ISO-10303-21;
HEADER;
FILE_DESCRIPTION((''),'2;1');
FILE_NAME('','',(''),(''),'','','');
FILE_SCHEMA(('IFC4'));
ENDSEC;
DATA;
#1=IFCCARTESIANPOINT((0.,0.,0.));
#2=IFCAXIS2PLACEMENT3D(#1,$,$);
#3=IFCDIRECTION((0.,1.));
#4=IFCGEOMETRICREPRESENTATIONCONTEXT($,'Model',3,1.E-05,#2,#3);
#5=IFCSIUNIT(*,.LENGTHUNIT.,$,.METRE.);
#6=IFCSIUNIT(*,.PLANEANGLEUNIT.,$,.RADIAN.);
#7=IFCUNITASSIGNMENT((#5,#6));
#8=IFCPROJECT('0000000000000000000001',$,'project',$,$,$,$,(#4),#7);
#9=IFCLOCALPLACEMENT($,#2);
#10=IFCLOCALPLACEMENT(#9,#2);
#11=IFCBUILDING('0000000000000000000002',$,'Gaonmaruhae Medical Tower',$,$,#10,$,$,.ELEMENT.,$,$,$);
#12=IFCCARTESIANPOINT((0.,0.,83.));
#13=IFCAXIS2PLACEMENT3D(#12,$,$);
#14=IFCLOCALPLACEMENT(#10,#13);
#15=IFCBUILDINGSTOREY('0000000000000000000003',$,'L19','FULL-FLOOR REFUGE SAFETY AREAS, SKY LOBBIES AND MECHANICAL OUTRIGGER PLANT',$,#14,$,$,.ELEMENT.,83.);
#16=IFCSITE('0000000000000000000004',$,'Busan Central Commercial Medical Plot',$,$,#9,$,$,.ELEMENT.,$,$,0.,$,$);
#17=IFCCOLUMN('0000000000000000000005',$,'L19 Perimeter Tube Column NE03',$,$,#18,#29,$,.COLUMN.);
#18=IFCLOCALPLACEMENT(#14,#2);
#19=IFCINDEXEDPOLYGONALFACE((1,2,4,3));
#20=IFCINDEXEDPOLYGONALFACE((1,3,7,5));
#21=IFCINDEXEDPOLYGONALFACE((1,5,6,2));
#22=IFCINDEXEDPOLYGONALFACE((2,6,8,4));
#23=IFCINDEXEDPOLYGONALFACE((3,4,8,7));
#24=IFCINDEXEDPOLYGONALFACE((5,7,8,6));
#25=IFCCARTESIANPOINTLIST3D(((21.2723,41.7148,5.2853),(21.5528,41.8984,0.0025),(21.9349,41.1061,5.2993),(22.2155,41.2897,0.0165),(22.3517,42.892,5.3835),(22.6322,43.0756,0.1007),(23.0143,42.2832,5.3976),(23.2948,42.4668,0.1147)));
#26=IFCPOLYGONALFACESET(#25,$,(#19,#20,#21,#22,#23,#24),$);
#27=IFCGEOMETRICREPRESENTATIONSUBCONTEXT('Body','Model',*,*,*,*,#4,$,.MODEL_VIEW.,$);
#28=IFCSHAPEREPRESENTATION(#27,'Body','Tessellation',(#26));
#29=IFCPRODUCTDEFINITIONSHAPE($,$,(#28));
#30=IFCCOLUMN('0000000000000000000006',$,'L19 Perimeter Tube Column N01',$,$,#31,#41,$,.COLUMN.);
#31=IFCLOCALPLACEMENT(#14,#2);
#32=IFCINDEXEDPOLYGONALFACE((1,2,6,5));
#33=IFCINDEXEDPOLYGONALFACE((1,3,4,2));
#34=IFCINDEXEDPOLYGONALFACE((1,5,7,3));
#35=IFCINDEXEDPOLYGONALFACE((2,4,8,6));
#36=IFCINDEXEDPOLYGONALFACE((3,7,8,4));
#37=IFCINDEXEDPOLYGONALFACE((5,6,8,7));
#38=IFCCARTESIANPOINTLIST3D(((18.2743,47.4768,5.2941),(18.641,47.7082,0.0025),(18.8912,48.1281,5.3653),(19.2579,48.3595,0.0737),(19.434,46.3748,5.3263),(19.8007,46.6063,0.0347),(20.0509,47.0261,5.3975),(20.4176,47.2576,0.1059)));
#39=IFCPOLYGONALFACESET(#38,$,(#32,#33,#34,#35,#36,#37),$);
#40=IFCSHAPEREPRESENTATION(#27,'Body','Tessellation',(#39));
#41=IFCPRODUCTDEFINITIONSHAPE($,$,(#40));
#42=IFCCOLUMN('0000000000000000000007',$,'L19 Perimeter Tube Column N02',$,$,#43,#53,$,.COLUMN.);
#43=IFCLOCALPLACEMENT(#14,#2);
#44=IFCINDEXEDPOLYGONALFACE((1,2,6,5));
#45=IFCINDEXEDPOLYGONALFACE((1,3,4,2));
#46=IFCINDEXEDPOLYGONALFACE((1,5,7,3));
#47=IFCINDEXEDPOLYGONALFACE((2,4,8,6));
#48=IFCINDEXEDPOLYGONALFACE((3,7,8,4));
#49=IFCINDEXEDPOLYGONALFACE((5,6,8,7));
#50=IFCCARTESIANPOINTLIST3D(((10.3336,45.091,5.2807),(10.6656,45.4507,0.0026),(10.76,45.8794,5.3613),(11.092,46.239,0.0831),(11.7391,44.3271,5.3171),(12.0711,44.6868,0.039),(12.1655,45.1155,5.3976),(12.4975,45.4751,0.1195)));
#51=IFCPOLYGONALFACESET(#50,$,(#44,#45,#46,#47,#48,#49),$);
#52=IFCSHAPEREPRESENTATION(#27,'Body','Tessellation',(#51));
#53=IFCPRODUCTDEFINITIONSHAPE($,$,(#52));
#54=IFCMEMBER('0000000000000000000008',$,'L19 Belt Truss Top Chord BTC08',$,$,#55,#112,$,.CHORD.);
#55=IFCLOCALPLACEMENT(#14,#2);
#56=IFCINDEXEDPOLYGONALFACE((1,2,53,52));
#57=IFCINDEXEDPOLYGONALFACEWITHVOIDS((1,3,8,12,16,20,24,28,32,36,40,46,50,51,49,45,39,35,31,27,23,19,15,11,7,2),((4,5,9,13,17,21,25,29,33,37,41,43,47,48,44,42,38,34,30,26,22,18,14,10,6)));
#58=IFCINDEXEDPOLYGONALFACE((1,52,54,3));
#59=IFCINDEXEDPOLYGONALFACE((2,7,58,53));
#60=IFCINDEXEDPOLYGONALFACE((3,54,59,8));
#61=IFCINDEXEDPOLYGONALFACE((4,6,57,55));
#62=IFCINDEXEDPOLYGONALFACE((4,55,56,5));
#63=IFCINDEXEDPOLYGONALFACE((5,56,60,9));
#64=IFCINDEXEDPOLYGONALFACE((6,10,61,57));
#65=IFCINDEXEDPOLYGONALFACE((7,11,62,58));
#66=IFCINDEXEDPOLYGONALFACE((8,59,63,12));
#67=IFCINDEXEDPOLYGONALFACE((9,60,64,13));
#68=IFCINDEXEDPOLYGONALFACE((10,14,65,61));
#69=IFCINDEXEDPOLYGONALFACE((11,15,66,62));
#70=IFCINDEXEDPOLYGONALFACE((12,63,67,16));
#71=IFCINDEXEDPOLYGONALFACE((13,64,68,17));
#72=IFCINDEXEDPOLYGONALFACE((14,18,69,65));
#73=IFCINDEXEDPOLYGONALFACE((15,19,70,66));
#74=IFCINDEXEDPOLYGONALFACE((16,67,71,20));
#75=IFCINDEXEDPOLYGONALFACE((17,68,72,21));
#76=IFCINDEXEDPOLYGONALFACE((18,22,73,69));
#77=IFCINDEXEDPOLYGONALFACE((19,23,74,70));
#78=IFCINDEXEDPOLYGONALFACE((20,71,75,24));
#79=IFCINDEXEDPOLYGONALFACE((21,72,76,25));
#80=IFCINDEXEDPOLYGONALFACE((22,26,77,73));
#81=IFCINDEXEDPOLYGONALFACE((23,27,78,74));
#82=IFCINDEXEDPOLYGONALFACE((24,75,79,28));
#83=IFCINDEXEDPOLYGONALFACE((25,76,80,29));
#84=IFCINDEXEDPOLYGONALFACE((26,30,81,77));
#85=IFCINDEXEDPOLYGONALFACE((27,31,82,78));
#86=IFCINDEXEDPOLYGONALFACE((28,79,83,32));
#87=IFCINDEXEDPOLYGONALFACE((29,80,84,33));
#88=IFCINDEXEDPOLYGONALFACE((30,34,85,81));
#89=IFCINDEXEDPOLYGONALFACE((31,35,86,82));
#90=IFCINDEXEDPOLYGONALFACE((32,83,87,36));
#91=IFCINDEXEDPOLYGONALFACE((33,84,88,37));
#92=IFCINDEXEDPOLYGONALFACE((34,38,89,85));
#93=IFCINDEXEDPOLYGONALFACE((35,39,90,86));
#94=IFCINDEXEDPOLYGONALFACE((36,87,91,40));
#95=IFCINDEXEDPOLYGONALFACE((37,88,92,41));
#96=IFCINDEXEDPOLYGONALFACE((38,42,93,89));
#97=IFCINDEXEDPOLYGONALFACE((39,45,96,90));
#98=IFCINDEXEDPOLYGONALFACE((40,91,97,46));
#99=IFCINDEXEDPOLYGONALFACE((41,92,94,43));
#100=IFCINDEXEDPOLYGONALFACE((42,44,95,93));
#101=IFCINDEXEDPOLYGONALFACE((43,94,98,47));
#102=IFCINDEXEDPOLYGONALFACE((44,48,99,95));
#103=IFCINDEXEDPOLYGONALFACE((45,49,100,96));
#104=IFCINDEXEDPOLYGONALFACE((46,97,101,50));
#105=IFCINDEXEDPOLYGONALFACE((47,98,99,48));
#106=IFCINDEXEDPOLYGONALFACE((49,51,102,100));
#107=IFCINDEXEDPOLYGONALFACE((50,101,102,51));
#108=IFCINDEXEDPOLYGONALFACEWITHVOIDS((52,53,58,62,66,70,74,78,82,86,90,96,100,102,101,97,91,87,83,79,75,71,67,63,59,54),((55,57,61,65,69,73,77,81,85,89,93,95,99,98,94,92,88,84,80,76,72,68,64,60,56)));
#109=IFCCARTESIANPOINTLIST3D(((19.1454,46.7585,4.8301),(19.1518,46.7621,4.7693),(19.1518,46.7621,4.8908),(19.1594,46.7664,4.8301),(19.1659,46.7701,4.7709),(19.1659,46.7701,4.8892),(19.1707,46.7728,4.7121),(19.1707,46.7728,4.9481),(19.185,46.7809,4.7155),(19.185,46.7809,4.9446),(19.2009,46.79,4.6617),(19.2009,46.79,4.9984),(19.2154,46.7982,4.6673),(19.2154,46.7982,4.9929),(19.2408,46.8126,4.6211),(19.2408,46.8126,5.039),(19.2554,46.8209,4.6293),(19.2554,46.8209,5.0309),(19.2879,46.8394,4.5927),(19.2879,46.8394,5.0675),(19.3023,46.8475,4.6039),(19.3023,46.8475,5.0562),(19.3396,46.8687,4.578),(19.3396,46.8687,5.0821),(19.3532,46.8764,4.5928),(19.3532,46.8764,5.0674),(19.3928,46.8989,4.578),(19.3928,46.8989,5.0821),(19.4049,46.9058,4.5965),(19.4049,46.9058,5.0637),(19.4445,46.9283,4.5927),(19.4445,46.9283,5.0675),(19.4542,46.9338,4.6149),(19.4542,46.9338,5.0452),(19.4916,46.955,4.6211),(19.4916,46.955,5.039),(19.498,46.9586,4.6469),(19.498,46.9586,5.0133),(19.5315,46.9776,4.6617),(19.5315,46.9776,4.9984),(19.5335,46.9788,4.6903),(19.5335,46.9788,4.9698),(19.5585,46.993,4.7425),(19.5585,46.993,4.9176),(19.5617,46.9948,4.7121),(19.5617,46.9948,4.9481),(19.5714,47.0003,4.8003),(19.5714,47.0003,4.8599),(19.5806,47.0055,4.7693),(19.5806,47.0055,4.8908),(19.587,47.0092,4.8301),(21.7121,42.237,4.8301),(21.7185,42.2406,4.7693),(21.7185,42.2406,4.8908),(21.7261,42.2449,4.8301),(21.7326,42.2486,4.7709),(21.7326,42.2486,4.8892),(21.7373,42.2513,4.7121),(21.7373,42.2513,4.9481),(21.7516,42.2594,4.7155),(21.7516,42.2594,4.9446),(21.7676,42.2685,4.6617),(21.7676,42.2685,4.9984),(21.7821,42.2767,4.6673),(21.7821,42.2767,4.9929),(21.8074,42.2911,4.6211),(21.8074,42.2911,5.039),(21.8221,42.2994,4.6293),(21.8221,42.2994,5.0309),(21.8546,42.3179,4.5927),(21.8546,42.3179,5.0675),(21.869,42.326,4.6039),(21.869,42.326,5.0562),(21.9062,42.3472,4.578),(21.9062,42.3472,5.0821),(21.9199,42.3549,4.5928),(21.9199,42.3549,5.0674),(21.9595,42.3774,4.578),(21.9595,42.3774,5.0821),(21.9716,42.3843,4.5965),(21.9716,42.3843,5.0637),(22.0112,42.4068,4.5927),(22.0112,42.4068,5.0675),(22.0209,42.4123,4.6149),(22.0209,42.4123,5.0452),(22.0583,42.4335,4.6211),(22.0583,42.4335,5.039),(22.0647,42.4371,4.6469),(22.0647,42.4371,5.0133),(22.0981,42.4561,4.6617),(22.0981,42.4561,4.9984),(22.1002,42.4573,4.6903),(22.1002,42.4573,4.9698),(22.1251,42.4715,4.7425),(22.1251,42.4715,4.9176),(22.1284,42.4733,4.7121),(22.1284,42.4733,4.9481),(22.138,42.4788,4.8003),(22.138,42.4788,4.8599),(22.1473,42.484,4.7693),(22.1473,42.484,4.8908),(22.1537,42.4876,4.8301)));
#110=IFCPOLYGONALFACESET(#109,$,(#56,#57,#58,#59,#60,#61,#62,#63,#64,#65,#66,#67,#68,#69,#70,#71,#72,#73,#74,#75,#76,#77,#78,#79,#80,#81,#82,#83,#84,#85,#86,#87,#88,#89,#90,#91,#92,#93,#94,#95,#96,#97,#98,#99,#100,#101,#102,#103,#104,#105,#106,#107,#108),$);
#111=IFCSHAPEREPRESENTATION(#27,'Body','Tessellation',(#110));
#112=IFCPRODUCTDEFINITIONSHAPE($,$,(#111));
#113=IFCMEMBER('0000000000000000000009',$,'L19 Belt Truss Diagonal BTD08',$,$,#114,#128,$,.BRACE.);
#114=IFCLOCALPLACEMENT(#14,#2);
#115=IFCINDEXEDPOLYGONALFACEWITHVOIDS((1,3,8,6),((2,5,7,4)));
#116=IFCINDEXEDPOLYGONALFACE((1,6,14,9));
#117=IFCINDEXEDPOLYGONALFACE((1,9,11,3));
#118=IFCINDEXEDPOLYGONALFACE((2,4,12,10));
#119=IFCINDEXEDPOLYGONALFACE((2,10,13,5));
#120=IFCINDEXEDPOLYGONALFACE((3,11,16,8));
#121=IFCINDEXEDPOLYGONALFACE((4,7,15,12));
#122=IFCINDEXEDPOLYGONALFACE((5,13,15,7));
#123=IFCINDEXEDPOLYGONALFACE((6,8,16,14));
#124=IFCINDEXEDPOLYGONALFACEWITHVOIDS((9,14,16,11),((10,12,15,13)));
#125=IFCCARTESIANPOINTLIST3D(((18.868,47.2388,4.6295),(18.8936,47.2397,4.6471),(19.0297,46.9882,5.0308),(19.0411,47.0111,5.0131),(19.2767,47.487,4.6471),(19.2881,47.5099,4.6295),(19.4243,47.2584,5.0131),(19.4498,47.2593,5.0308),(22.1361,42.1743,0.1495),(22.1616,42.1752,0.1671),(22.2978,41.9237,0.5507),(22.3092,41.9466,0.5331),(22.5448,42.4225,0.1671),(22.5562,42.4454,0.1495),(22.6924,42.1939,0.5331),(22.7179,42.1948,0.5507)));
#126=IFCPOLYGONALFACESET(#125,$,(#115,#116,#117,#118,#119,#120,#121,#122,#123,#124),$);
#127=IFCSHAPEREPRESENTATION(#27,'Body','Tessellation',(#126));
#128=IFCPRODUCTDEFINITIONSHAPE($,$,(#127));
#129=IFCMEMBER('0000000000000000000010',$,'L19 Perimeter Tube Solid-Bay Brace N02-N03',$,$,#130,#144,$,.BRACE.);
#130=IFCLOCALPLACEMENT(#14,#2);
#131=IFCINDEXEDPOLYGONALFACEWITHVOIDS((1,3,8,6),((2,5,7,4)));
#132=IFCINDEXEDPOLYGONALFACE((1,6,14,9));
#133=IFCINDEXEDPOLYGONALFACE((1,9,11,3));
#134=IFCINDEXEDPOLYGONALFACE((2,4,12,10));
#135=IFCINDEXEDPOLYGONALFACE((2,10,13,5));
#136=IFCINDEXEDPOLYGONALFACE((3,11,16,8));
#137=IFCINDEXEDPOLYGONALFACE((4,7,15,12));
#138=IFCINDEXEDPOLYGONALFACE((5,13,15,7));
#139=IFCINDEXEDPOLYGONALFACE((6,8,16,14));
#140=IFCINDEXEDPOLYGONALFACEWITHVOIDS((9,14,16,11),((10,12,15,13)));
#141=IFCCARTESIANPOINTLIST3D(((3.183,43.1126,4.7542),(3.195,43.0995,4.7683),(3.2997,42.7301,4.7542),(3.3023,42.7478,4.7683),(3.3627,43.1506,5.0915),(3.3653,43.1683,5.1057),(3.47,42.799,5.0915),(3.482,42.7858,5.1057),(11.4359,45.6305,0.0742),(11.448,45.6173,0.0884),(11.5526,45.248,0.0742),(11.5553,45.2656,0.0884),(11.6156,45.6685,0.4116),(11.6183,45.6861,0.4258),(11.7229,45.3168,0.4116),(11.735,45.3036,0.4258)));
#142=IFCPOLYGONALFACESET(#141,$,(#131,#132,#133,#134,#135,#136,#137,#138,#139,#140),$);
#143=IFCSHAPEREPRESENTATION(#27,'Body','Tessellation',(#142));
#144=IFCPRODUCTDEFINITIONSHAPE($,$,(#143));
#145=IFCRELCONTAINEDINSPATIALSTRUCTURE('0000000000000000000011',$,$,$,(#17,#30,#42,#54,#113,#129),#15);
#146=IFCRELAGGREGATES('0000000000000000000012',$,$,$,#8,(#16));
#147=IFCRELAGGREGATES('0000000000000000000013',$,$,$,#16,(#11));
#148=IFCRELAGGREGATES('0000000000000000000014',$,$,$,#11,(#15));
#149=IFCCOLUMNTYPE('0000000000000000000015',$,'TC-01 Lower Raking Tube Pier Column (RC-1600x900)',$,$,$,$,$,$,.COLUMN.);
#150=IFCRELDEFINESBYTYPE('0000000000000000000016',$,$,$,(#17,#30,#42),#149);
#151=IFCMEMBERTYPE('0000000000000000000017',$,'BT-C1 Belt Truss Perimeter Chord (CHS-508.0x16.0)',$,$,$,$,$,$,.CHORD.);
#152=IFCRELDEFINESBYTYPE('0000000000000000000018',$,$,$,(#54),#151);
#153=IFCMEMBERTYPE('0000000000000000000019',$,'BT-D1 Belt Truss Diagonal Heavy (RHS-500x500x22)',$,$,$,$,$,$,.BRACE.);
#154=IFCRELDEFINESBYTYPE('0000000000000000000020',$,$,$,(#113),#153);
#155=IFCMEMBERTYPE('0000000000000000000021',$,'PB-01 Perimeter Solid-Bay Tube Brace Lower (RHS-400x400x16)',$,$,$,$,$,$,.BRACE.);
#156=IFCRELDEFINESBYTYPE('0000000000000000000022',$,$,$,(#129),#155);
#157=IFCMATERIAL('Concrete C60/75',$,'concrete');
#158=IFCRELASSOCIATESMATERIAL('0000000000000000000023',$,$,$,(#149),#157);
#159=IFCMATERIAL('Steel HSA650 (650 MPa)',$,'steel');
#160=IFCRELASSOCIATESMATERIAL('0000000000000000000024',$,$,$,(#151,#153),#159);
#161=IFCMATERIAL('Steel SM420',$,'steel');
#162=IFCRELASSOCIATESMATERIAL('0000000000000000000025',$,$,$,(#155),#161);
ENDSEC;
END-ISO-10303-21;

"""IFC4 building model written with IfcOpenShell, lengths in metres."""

from ifc_helpers import new_model, si_unit, direction, frame, origin, origin_2d, place, context, subcontext, project, spatial, rectangle, hollow_rectangle, hollow_circle, extrude, material, material_profile, profile_set, type_object, element, save


model = new_model("IFC4")

# Units and contexts
model_context = context("Model", 3, precision=1e-05, world=origin(), true_north=direction((0.0, 1.0)))
body_context = subcontext(model_context, "Body", "Model", "MODEL_VIEW")
ifc_project = project(units=[si_unit("LENGTHUNIT", "METRE"), si_unit("PLANEANGLEUNIT", "RADIAN")], contexts=[model_context])

# Site, building, storey
site_placement = place(None, origin())
site = spatial("IfcSite", under=ifc_project, at=site_placement, Name="Busan Central Commercial Medical Plot", CompositionType="ELEMENT", RefElevation=0.0)
building_placement = place(site_placement, origin())
building = spatial("IfcBuilding", under=site, at=building_placement, Name="Gaonmaruhae Medical Tower", CompositionType="ELEMENT")
storey_placement = place(building_placement, frame((0.0, 0.0, 83.0)))
storey = spatial("IfcBuildingStorey", under=building, at=storey_placement, Name="L19", Description="FULL-FLOOR REFUGE SAFETY AREAS, SKY LOBBIES AND MECHANICAL OUTRIGGER PLANT", CompositionType="ELEMENT", Elevation=83.0)

# Columns
ifc_material_1 = material(Name="Concrete C60/75", Category="concrete")
ifc_material_profile_1 = material_profile(ifc_material_1, rectangle(XDim=1.6001, YDim=0.8999, at=origin_2d()), Name="RC-1600x900")
ifc_profile_set_1 = profile_set([ifc_material_profile_1], Name="Concrete C60/75")
column_type = type_object("IfcColumnType", Name="TC-01 Lower Raking Tube Pier Column (RC-1600x900)", PredefinedType="COLUMN", material=ifc_profile_set_1)
column_1_placement = place(storey_placement, frame((22.4238, 42.1826, 0.0586), z_axis=(-0.052994, -0.034684, 0.997992), x_axis=(0.674553, 0.735669, 0.061387)))
element("IfcColumn", 1, at=column_1_placement, inside=storey, type_object=column_type, Name="L19 Perimeter Tube Column NE03", PredefinedType="COLUMN", context=body_context, shape_type="SweptSolid", body=[
    extrude(rectangle(XDim=1.6001, YDim=0.8999, at=origin_2d()), origin(), (0.0, 0.0, 1.0), 5.2935),
])
column_2_placement = place(storey_placement, frame((19.5293, 47.4829, 0.0542), z_axis=(-0.069068, -0.043593, 0.996659), x_axis=(0.72478, -0.688687, 0.020104)))
element("IfcColumn", 2, at=column_2_placement, inside=storey, type_object=column_type, Name="L19 Perimeter Tube Column N01", PredefinedType="COLUMN", context=body_context, shape_type="SweptSolid", body=[
    extrude(rectangle(XDim=1.6001, YDim=0.8999, at=origin_2d()), origin(), (0.0, 0.0, 1.0), 5.3093),
])
column_3_placement = place(storey_placement, frame((11.5815, 45.4629, 0.061), z_axis=(-0.062639, -0.067843, 0.995728), x_axis=(0.878388, -0.477408, 0.022729)))
element("IfcColumn", 3, at=column_3_placement, inside=storey, type_object=column_type, Name="L19 Perimeter Tube Column N02", PredefinedType="COLUMN", context=body_context, shape_type="SweptSolid", body=[
    extrude(rectangle(XDim=1.6001, YDim=0.8999, at=origin_2d()), origin(), (0.0, 0.0, 1.0), 5.3008),
])

# Members
ifc_material_2 = material(Name="Steel HSA650 (650 MPa)", Category="steel")
ifc_material_profile_2 = material_profile(ifc_material_2, hollow_circle(Radius=0.2539, WallThickness=0.0161, at=origin_2d()), Name="CHS-508.0x16.0")
ifc_profile_set_2 = profile_set([ifc_material_profile_2], Name="Steel HSA650 (650 MPa)")
member_type_1 = type_object("IfcMemberType", Name="BT-C1 Belt Truss Perimeter Chord (CHS-508.0x16.0)", PredefinedType="CHORD", material=ifc_profile_set_2)
member_1_placement = place(storey_placement, frame((21.9329, 42.3623, 4.8301), z_axis=(-0.493664, 0.869653, 0.0), x_axis=(-0.869653, -0.493664, 0.0)))
element("IfcMember", 4, at=member_1_placement, inside=storey, type_object=member_type_1, Name="L19 Belt Truss Top Chord BTC08", PredefinedType="CHORD", context=body_context, shape_type="SweptSolid", body=[
    extrude(hollow_circle(Radius=0.2539, WallThickness=0.0161, at=origin_2d()), origin(), (0.0, 0.0, 1.0), 5.1992),
])
ifc_material_profile_3 = material_profile(ifc_material_2, hollow_rectangle(XDim=0.5, YDim=0.5, WallThickness=0.022, at=origin_2d()), Name="RHS-500x500x22")
ifc_profile_set_3 = profile_set([ifc_material_profile_3], Name="Steel HSA650 (650 MPa)")
member_type_2 = type_object("IfcMemberType", Name="BT-D1 Belt Truss Diagonal Heavy (RHS-500x500x22)", PredefinedType="BRACE", material=ifc_profile_set_3)
member_2_placement = place(storey_placement, frame((22.427, 42.1846, 0.3501), z_axis=(-0.435166, 0.674367, 0.59654), x_axis=(-0.840245, -0.542206, 0.0)))
element("IfcMember", 5, at=member_2_placement, inside=storey, type_object=member_type_2, Name="L19 Belt Truss Diagonal BTD08", PredefinedType="BRACE", context=body_context, shape_type="SweptSolid", body=[
    extrude(hollow_rectangle(XDim=0.5, YDim=0.5, WallThickness=0.022, at=origin_2d()), origin(), (0.0, 0.0, 1.0), 7.51),
])
ifc_material_3 = material(Name="Steel SM420", Category="steel")
ifc_material_profile_4 = material_profile(ifc_material_3, hollow_rectangle(XDim=0.3999, YDim=0.3999, WallThickness=0.0161, at=origin_2d()), Name="RHS-400x400x16")
ifc_profile_set_4 = profile_set([ifc_material_profile_4], Name="Steel SM420")
member_type_3 = type_object("IfcMemberType", Name="PB-01 Perimeter Solid-Bay Tube Brace Lower (RHS-400x400x16)", PredefinedType="BRACE", material=ifc_profile_set_4)
member_3_placement = place(storey_placement, frame((11.5854, 45.467, 0.25), z_axis=(-0.840771, -0.256504, 0.47677), x_axis=(0.291804, -0.956478, 0.0)))
element("IfcMember", 6, at=member_3_placement, inside=storey, type_object=member_type_3, Name="L19 Perimeter Tube Solid-Bay Brace N02-N03", PredefinedType="BRACE", context=body_context, shape_type="SweptSolid", body=[
    extrude(hollow_rectangle(XDim=0.3999, YDim=0.3999, WallThickness=0.0161, at=origin_2d()), origin(), (0.0, 0.0, 1.0), 9.8159),
])

save(model, "model.ifc")
